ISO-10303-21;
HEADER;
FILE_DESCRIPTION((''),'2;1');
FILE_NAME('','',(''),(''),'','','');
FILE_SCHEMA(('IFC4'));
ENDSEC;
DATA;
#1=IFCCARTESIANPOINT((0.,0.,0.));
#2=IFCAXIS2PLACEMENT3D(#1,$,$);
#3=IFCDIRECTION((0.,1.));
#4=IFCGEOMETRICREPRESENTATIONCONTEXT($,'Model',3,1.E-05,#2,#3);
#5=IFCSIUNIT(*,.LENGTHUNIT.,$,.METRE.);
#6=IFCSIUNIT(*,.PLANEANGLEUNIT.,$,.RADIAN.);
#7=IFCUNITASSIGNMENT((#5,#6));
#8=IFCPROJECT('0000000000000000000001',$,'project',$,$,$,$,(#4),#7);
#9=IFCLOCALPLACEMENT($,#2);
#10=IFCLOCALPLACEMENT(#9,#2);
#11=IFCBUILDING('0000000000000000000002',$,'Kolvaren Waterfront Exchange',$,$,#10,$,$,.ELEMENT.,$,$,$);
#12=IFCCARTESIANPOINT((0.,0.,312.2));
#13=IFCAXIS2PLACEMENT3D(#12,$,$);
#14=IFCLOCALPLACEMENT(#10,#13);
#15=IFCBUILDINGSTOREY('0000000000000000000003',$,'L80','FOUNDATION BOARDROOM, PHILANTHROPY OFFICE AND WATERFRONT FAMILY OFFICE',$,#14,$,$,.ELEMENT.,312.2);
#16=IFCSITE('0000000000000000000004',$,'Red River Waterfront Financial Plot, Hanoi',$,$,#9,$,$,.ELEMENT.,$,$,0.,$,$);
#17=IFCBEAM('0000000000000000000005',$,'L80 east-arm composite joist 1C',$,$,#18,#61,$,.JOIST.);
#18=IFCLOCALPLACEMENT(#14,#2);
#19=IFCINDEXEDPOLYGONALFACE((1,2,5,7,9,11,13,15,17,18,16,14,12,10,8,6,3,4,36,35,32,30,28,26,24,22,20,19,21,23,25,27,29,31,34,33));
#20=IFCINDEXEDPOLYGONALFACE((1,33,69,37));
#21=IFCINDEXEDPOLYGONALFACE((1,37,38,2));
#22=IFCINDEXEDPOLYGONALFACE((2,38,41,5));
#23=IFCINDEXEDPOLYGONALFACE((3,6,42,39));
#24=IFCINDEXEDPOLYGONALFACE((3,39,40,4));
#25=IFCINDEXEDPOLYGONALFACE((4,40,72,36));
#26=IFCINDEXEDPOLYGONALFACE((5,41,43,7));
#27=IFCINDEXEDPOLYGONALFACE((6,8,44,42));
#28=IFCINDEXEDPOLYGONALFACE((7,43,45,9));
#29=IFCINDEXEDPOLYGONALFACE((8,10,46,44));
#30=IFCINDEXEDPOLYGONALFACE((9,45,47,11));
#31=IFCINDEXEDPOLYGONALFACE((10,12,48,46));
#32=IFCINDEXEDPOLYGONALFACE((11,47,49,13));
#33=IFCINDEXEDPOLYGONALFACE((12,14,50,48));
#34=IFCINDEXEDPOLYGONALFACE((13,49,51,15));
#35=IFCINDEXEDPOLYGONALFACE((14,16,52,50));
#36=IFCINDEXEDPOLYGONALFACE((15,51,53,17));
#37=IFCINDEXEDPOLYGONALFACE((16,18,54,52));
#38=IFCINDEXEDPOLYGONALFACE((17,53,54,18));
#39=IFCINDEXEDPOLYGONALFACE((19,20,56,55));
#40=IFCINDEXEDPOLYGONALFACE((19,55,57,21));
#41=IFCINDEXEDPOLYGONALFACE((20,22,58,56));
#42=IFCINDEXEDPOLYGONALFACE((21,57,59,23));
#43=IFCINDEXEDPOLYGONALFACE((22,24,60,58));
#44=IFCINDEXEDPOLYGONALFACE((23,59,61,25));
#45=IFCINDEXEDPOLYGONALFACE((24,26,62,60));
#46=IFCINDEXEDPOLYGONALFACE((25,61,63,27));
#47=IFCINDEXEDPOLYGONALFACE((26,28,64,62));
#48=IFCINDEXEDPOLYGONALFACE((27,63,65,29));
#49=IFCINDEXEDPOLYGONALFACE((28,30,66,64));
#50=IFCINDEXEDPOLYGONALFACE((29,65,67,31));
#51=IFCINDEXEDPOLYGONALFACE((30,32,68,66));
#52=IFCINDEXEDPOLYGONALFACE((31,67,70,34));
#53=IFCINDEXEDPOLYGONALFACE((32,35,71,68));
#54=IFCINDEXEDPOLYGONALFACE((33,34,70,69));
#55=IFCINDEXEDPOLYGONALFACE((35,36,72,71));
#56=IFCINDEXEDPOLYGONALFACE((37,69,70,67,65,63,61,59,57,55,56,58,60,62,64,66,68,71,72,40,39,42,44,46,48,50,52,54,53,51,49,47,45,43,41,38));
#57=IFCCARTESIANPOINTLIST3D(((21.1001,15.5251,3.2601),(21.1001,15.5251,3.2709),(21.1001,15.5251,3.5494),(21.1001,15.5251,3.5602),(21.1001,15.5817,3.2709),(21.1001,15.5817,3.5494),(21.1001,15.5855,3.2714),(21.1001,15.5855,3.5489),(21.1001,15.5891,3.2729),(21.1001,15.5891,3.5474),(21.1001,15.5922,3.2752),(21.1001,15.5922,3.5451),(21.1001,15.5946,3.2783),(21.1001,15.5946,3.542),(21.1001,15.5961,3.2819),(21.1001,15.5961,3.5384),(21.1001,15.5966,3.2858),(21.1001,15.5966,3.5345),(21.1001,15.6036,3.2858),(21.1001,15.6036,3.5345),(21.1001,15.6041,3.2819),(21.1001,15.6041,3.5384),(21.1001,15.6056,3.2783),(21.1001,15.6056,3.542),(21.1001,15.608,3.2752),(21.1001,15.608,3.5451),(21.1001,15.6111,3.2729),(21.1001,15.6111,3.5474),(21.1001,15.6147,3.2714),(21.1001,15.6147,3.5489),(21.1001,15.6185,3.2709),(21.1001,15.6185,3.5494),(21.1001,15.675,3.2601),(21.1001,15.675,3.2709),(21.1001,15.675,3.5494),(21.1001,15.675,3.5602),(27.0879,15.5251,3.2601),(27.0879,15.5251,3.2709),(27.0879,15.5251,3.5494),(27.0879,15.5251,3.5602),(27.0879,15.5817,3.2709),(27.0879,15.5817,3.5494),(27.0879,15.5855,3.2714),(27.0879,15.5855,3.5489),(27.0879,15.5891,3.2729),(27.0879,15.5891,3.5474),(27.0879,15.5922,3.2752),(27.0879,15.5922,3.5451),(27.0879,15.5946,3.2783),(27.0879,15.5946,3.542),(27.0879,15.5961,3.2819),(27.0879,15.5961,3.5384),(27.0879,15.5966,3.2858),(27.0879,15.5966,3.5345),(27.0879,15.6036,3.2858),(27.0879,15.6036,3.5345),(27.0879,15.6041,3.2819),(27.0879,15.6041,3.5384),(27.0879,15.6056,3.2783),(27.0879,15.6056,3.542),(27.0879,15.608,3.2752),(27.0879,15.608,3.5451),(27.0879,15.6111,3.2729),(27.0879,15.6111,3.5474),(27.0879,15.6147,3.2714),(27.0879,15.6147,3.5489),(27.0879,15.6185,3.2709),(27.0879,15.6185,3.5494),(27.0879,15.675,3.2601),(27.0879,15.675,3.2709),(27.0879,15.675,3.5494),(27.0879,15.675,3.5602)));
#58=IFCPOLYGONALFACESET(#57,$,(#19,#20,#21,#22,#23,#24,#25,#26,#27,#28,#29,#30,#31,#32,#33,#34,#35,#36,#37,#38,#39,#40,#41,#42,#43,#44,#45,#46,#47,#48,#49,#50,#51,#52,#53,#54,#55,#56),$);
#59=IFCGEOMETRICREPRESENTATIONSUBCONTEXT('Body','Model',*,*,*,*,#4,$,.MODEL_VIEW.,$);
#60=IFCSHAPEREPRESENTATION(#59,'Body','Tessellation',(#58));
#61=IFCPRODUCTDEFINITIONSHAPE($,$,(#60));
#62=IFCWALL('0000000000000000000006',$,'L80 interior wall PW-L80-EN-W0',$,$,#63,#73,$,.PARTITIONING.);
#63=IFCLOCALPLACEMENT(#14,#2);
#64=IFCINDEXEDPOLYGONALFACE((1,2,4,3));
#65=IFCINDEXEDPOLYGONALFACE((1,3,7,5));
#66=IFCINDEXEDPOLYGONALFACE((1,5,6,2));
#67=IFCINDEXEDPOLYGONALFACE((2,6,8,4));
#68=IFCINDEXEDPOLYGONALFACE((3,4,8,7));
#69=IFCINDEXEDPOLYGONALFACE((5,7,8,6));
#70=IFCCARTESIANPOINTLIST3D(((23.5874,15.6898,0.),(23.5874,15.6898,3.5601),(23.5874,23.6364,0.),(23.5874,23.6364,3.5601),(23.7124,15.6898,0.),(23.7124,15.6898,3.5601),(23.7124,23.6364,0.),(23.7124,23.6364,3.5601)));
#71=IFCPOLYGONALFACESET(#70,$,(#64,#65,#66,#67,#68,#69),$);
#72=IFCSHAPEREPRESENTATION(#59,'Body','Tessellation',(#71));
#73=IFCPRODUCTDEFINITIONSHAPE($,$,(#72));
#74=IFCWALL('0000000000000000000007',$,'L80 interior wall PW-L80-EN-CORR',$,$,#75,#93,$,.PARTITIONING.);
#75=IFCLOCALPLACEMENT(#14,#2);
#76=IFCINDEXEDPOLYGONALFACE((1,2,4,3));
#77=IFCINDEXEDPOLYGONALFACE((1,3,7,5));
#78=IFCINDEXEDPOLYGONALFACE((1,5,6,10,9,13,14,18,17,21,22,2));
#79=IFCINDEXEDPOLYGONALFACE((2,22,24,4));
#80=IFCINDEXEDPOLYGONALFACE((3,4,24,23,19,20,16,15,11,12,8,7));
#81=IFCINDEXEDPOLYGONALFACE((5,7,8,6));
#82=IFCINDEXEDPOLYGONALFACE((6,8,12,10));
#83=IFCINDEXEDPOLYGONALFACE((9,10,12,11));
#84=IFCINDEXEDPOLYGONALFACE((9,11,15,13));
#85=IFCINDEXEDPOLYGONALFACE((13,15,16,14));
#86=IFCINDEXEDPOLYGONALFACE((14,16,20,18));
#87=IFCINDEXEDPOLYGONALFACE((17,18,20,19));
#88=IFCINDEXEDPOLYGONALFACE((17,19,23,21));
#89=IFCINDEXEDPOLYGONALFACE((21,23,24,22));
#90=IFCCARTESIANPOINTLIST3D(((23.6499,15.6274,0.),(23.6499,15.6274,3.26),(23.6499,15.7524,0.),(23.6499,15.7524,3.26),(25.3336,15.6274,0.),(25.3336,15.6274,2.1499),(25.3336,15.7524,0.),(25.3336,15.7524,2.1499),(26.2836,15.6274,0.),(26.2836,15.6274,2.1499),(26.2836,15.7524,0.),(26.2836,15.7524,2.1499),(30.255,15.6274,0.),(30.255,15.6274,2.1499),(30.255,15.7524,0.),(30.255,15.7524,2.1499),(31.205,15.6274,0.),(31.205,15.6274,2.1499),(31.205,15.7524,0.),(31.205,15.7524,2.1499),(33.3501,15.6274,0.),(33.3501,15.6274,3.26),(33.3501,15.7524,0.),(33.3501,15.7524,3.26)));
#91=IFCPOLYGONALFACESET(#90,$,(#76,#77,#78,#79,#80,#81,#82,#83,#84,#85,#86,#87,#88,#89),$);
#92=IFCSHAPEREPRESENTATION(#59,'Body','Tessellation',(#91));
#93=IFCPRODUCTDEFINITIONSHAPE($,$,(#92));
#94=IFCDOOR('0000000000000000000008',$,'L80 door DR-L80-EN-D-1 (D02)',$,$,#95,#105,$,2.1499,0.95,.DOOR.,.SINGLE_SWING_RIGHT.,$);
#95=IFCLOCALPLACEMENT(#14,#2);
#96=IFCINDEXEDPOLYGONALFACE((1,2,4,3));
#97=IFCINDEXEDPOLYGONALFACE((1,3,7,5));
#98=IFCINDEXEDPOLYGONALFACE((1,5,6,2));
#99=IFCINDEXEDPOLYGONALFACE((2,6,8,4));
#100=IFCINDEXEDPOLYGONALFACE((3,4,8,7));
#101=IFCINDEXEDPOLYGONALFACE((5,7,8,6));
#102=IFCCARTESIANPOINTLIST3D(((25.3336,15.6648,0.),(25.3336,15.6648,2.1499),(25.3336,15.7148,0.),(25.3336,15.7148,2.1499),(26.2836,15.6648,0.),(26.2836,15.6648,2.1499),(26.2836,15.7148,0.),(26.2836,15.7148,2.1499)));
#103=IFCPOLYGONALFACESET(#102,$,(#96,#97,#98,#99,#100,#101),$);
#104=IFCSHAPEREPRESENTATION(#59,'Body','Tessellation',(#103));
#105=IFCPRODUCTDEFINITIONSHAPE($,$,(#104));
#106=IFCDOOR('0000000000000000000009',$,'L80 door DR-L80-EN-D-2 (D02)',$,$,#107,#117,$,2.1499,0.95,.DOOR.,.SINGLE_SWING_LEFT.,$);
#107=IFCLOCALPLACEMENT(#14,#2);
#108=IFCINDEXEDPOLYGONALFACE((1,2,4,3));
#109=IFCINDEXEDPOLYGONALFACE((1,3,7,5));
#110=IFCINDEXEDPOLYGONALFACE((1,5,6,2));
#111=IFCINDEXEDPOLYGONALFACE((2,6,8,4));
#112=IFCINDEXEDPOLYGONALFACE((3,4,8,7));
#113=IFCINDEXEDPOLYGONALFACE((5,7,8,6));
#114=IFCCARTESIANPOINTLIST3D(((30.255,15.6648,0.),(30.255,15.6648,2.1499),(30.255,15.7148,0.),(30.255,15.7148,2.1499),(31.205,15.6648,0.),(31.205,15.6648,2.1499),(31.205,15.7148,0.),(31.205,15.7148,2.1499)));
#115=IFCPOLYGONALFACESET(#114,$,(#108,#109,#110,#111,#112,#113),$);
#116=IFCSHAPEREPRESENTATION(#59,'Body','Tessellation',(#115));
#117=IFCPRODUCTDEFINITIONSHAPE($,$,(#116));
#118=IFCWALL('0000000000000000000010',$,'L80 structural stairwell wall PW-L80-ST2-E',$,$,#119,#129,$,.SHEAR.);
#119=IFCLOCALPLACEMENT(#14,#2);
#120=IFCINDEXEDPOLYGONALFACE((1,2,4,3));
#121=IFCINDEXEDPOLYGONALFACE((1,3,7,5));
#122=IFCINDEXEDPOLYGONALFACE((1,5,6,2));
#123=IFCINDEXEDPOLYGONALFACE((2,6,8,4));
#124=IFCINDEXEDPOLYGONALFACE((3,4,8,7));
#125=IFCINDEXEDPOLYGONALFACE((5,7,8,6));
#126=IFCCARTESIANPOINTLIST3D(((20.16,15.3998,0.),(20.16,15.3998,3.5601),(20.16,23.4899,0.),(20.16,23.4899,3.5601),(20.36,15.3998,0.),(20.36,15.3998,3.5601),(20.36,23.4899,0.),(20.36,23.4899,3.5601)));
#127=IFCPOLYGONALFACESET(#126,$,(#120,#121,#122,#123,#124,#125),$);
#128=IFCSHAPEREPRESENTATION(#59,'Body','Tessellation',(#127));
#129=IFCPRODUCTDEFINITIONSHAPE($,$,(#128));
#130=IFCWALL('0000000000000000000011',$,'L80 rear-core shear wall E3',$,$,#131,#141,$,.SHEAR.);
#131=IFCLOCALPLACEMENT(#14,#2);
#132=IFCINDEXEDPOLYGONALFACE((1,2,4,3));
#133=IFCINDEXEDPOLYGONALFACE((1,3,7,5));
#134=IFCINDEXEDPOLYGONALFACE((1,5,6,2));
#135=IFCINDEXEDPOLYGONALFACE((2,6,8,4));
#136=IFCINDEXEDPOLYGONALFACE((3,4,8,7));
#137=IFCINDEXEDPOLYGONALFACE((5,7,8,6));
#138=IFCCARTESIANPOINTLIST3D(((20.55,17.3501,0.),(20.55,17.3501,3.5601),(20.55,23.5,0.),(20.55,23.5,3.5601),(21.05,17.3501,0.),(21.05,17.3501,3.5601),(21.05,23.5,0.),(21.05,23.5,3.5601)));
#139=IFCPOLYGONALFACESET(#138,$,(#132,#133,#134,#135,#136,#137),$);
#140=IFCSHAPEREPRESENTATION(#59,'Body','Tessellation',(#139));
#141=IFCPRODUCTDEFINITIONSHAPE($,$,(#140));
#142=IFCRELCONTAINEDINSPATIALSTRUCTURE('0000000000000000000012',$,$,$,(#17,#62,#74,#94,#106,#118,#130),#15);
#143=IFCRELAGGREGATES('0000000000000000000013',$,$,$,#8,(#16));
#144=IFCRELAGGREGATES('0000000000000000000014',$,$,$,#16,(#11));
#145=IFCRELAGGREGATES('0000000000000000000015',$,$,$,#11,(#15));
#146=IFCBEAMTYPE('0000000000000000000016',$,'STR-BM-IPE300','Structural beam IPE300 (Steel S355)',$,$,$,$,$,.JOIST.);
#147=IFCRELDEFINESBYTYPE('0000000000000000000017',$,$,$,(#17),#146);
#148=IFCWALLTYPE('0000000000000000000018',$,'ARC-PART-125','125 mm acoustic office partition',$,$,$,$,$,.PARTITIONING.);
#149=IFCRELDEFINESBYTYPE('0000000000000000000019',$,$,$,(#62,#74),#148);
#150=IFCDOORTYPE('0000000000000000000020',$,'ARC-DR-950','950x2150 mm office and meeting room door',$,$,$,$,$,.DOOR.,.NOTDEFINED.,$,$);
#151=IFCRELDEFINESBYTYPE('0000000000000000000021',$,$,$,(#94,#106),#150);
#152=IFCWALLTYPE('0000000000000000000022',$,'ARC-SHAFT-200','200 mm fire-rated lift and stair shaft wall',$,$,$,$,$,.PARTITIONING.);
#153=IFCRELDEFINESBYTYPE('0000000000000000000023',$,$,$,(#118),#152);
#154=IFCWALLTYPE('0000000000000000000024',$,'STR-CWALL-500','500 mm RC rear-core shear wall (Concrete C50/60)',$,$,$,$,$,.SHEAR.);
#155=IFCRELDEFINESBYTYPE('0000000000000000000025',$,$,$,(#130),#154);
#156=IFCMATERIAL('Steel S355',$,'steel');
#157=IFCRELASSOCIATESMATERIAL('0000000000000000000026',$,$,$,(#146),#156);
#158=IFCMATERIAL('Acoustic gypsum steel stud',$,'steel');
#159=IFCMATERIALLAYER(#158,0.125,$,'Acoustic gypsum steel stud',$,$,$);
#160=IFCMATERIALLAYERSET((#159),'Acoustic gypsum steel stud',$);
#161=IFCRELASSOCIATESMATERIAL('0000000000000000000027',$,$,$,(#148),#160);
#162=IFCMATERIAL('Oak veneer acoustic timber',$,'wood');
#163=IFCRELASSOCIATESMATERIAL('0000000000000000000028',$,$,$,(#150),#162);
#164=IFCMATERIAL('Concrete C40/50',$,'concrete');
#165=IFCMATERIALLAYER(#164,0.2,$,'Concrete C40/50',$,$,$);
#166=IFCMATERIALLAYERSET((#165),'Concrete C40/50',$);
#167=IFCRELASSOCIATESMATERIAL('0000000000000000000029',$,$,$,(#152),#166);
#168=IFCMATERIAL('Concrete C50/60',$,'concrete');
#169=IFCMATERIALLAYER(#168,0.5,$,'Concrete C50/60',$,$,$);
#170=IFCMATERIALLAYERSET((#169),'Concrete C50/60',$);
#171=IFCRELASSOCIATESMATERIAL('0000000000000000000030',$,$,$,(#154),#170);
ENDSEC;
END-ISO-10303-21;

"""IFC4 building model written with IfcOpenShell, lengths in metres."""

from ifc_helpers import new_model, si_unit, direction, frame, frame_2d, origin, origin_2d, place, context, subcontext, project, spatial, rectangle, i_section, extrude, material, layer, layer_set, material_profile, profile_set, type_object, element, fill, save


model = new_model("IFC4")

# Units and contexts
model_context = context("Model", 3, precision=1e-05, world=origin(), true_north=direction((0.0, 1.0)))
body_context = subcontext(model_context, "Body", "Model", "MODEL_VIEW")
ifc_project = project(units=[si_unit("LENGTHUNIT", "METRE"), si_unit("PLANEANGLEUNIT", "RADIAN")], contexts=[model_context])

# Site, building, storey
site_placement = place(None, origin())
site = spatial("IfcSite", under=ifc_project, at=site_placement, Name="Red River Waterfront Financial Plot, Hanoi", CompositionType="ELEMENT", RefElevation=0.0)
building_placement = place(site_placement, origin())
building = spatial("IfcBuilding", under=site, at=building_placement, Name="Kolvaren Waterfront Exchange", CompositionType="ELEMENT")
storey_placement = place(building_placement, frame((0.0, 0.0, 312.2)))
storey = spatial("IfcBuildingStorey", under=building, at=storey_placement, Name="L80", Description="FOUNDATION BOARDROOM, PHILANTHROPY OFFICE AND WATERFRONT FAMILY OFFICE", CompositionType="ELEMENT", Elevation=312.2)

# Shared definitions
ifc_material_1 = material(Name="Concrete C50/60", Category="concrete")

# Beam
ifc_material_2 = material(Name="Steel S355", Category="steel")
ifc_material_profile_1 = material_profile(ifc_material_2, i_section(OverallWidth=0.1499, OverallDepth=0.3, WebThickness=0.0071, FlangeThickness=0.0107, FilletRadius=0.0149, at=origin_2d()), Name="IPE300")
ifc_profile_set_1 = profile_set([ifc_material_profile_1], Name="Steel S355")
beam_type_1 = type_object("IfcBeamType", Name="STR-BM-IPE300", Description="Structural beam IPE300 (Steel S355)", PredefinedType="JOIST", material=ifc_profile_set_1)
for number, where, z_axis, x_axis, name in (
    (1, (21.1001, 15.6001, 3.4102), (1.0, 0.0, 0.0), (0.0, 1.0, 0.0), "L80 east-arm composite joist 1C"),
):
    element("IfcBeam", number, at=place(storey_placement, frame(where, z_axis=z_axis, x_axis=x_axis)), inside=storey, type_object=beam_type_1, Name=name, PredefinedType="JOIST", context=body_context, shape_type="SweptSolid", body=[
        extrude(i_section(OverallWidth=0.1499, OverallDepth=0.3, WebThickness=0.0071, FlangeThickness=0.0107, FilletRadius=0.0149, at=origin_2d()), origin(), (0.0, 0.0, 1.0), 5.9878),
    ])

# Shared definitions
ifc_material_3 = material(Name="Acoustic gypsum steel stud", Category="steel")
ifc_layer_1 = layer(ifc_material_3, 0.125, Name="Acoustic gypsum steel stud")
ifc_layer_set_1 = layer_set([ifc_layer_1], Name="Acoustic gypsum steel stud")
wall_type_1 = type_object("IfcWallType", Name="ARC-PART-125", Description="125 mm acoustic office partition", PredefinedType="PARTITIONING", material=ifc_layer_set_1)
ifc_material_4 = material(Name="Oak veneer acoustic timber", Category="wood")
door_type_1 = type_object("IfcDoorType", Name="ARC-DR-950", Description="950x2150 mm office and meeting room door", OperationType="NOTDEFINED", PredefinedType="DOOR", material=ifc_material_4)

# Wall
wall_1_placement = place(storey_placement, frame((23.6499, 15.6899, 0.0), z_axis=(0.0, 0.0, 1.0), x_axis=(0.0, 1.0, 0.0)))
element("IfcWall", 2, at=wall_1_placement, inside=storey, type_object=wall_type_1, Name="L80 interior wall PW-L80-EN-W0", PredefinedType="PARTITIONING", context=body_context, shape_type="SweptSolid", body=[
    extrude(rectangle(XDim=7.9465, YDim=0.125, at=frame_2d((3.9731, 0.0))), origin(), (0.0, 0.0, 1.0), 3.5601),
])

# Wall, openings, doors
wall_2_placement = place(storey_placement, frame((23.6499, 15.6899, 0.0), z_axis=(0.0, 0.0, 1.0), x_axis=(1.0, 0.0, 0.0)))
wall_2 = element("IfcWall", 3, at=wall_2_placement, inside=storey, type_object=wall_type_1, Name="L80 interior wall PW-L80-EN-CORR", PredefinedType="PARTITIONING", context=body_context, shape_type="SweptSolid", body=[
    extrude(rectangle(XDim=9.7002, YDim=0.125, at=frame_2d((4.8501, 0.0))), origin(), (0.0, 0.0, 1.0), 3.26),
])
opening_1_placement = place(wall_2_placement, frame((1.6836, 0.0, 0.0)))
opening_1 = element("IfcOpeningElement", 4, at=opening_1_placement, cuts=wall_2, PredefinedType="OPENING", context=body_context, shape_type="SweptSolid", body=[
    extrude(rectangle(XDim=0.95, YDim=2.1499, at=frame_2d((0.4751, 1.075))), frame((0.0, 0.0725, 0.0), z_axis=(0.0, -1.0, 0.0), x_axis=(1.0, 0.0, 0.0)), (0.0, 0.0, 1.0), 0.145),
])
opening_2_placement = place(wall_2_placement, frame((6.605, 0.0, 0.0)))
opening_2 = element("IfcOpeningElement", 5, at=opening_2_placement, cuts=wall_2, PredefinedType="OPENING", context=body_context, shape_type="SweptSolid", body=[
    extrude(rectangle(XDim=0.95, YDim=2.1499, at=frame_2d((0.4751, 1.075))), frame((0.0, 0.0725, 0.0), z_axis=(0.0, -1.0, 0.0), x_axis=(1.0, 0.0, 0.0)), (0.0, 0.0, 1.0), 0.145),
])
door_1_placement = place(opening_1_placement, origin())
door_1 = element("IfcDoor", 6, at=door_1_placement, inside=storey, type_object=door_type_1, Name="L80 door DR-L80-EN-D-1 (D02)", OperationType="SINGLE_SWING_RIGHT", OverallHeight=2.1499, OverallWidth=0.95, PredefinedType="DOOR", context=body_context, shape_type="SweptSolid", body=[
    extrude(rectangle(XDim=0.95, YDim=2.1499, at=frame_2d((0.4751, 1.075))), frame((0.0, 0.0249, 0.0), z_axis=(0.0, -1.0, 0.0), x_axis=(1.0, 0.0, 0.0)), (0.0, 0.0, 1.0), 0.05),
])
fill(opening_1, door_1)
door_2_placement = place(opening_2_placement, origin())
door_2 = element("IfcDoor", 7, at=door_2_placement, inside=storey, type_object=door_type_1, Name="L80 door DR-L80-EN-D-2 (D02)", OperationType="SINGLE_SWING_LEFT", OverallHeight=2.1499, OverallWidth=0.95, PredefinedType="DOOR", context=body_context, shape_type="SweptSolid", body=[
    extrude(rectangle(XDim=0.95, YDim=2.1499, at=frame_2d((0.4751, 1.075))), frame((0.0, 0.0249, 0.0), z_axis=(0.0, -1.0, 0.0), x_axis=(1.0, 0.0, 0.0)), (0.0, 0.0, 1.0), 0.05),
])
fill(opening_2, door_2)

# Walls
ifc_material_5 = material(Name="Concrete C40/50", Category="concrete")
ifc_layer_2 = layer(ifc_material_5, 0.2, Name="Concrete C40/50")
ifc_layer_set_2 = layer_set([ifc_layer_2], Name="Concrete C40/50")
wall_type_2 = type_object("IfcWallType", Name="ARC-SHAFT-200", Description="200 mm fire-rated lift and stair shaft wall", PredefinedType="PARTITIONING", material=ifc_layer_set_2)
wall_3_placement = place(storey_placement, frame((20.26, 15.3999, 0.0), z_axis=(0.0, 0.0, 1.0), x_axis=(0.0, 1.0, 0.0)))
element("IfcWall", 8, at=wall_3_placement, inside=storey, type_object=wall_type_2, Name="L80 structural stairwell wall PW-L80-ST2-E", PredefinedType="SHEAR", context=body_context, shape_type="SweptSolid", body=[
    extrude(rectangle(XDim=8.0901, YDim=0.2, at=frame_2d((4.0449, 0.0))), origin(), (0.0, 0.0, 1.0), 3.5601),
])
ifc_layer_3 = layer(ifc_material_1, 0.5, Name="Concrete C50/60")
ifc_layer_set_3 = layer_set([ifc_layer_3], Name="Concrete C50/60")
wall_type_3 = type_object("IfcWallType", Name="STR-CWALL-500", Description="500 mm RC rear-core shear wall (Concrete C50/60)", PredefinedType="SHEAR", material=ifc_layer_set_3)
wall_4_placement = place(storey_placement, frame((20.8, 17.3501, 0.0), z_axis=(0.0, 0.0, 1.0), x_axis=(0.0, 1.0, 0.0)))
element("IfcWall", 9, at=wall_4_placement, inside=storey, type_object=wall_type_3, Name="L80 rear-core shear wall E3", PredefinedType="SHEAR", context=body_context, shape_type="SweptSolid", body=[
    extrude(rectangle(XDim=6.1499, YDim=0.5, at=frame_2d((3.075, 0.0))), origin(), (0.0, 0.0, 1.0), 3.5601),
])

save(model, "model.ifc")
